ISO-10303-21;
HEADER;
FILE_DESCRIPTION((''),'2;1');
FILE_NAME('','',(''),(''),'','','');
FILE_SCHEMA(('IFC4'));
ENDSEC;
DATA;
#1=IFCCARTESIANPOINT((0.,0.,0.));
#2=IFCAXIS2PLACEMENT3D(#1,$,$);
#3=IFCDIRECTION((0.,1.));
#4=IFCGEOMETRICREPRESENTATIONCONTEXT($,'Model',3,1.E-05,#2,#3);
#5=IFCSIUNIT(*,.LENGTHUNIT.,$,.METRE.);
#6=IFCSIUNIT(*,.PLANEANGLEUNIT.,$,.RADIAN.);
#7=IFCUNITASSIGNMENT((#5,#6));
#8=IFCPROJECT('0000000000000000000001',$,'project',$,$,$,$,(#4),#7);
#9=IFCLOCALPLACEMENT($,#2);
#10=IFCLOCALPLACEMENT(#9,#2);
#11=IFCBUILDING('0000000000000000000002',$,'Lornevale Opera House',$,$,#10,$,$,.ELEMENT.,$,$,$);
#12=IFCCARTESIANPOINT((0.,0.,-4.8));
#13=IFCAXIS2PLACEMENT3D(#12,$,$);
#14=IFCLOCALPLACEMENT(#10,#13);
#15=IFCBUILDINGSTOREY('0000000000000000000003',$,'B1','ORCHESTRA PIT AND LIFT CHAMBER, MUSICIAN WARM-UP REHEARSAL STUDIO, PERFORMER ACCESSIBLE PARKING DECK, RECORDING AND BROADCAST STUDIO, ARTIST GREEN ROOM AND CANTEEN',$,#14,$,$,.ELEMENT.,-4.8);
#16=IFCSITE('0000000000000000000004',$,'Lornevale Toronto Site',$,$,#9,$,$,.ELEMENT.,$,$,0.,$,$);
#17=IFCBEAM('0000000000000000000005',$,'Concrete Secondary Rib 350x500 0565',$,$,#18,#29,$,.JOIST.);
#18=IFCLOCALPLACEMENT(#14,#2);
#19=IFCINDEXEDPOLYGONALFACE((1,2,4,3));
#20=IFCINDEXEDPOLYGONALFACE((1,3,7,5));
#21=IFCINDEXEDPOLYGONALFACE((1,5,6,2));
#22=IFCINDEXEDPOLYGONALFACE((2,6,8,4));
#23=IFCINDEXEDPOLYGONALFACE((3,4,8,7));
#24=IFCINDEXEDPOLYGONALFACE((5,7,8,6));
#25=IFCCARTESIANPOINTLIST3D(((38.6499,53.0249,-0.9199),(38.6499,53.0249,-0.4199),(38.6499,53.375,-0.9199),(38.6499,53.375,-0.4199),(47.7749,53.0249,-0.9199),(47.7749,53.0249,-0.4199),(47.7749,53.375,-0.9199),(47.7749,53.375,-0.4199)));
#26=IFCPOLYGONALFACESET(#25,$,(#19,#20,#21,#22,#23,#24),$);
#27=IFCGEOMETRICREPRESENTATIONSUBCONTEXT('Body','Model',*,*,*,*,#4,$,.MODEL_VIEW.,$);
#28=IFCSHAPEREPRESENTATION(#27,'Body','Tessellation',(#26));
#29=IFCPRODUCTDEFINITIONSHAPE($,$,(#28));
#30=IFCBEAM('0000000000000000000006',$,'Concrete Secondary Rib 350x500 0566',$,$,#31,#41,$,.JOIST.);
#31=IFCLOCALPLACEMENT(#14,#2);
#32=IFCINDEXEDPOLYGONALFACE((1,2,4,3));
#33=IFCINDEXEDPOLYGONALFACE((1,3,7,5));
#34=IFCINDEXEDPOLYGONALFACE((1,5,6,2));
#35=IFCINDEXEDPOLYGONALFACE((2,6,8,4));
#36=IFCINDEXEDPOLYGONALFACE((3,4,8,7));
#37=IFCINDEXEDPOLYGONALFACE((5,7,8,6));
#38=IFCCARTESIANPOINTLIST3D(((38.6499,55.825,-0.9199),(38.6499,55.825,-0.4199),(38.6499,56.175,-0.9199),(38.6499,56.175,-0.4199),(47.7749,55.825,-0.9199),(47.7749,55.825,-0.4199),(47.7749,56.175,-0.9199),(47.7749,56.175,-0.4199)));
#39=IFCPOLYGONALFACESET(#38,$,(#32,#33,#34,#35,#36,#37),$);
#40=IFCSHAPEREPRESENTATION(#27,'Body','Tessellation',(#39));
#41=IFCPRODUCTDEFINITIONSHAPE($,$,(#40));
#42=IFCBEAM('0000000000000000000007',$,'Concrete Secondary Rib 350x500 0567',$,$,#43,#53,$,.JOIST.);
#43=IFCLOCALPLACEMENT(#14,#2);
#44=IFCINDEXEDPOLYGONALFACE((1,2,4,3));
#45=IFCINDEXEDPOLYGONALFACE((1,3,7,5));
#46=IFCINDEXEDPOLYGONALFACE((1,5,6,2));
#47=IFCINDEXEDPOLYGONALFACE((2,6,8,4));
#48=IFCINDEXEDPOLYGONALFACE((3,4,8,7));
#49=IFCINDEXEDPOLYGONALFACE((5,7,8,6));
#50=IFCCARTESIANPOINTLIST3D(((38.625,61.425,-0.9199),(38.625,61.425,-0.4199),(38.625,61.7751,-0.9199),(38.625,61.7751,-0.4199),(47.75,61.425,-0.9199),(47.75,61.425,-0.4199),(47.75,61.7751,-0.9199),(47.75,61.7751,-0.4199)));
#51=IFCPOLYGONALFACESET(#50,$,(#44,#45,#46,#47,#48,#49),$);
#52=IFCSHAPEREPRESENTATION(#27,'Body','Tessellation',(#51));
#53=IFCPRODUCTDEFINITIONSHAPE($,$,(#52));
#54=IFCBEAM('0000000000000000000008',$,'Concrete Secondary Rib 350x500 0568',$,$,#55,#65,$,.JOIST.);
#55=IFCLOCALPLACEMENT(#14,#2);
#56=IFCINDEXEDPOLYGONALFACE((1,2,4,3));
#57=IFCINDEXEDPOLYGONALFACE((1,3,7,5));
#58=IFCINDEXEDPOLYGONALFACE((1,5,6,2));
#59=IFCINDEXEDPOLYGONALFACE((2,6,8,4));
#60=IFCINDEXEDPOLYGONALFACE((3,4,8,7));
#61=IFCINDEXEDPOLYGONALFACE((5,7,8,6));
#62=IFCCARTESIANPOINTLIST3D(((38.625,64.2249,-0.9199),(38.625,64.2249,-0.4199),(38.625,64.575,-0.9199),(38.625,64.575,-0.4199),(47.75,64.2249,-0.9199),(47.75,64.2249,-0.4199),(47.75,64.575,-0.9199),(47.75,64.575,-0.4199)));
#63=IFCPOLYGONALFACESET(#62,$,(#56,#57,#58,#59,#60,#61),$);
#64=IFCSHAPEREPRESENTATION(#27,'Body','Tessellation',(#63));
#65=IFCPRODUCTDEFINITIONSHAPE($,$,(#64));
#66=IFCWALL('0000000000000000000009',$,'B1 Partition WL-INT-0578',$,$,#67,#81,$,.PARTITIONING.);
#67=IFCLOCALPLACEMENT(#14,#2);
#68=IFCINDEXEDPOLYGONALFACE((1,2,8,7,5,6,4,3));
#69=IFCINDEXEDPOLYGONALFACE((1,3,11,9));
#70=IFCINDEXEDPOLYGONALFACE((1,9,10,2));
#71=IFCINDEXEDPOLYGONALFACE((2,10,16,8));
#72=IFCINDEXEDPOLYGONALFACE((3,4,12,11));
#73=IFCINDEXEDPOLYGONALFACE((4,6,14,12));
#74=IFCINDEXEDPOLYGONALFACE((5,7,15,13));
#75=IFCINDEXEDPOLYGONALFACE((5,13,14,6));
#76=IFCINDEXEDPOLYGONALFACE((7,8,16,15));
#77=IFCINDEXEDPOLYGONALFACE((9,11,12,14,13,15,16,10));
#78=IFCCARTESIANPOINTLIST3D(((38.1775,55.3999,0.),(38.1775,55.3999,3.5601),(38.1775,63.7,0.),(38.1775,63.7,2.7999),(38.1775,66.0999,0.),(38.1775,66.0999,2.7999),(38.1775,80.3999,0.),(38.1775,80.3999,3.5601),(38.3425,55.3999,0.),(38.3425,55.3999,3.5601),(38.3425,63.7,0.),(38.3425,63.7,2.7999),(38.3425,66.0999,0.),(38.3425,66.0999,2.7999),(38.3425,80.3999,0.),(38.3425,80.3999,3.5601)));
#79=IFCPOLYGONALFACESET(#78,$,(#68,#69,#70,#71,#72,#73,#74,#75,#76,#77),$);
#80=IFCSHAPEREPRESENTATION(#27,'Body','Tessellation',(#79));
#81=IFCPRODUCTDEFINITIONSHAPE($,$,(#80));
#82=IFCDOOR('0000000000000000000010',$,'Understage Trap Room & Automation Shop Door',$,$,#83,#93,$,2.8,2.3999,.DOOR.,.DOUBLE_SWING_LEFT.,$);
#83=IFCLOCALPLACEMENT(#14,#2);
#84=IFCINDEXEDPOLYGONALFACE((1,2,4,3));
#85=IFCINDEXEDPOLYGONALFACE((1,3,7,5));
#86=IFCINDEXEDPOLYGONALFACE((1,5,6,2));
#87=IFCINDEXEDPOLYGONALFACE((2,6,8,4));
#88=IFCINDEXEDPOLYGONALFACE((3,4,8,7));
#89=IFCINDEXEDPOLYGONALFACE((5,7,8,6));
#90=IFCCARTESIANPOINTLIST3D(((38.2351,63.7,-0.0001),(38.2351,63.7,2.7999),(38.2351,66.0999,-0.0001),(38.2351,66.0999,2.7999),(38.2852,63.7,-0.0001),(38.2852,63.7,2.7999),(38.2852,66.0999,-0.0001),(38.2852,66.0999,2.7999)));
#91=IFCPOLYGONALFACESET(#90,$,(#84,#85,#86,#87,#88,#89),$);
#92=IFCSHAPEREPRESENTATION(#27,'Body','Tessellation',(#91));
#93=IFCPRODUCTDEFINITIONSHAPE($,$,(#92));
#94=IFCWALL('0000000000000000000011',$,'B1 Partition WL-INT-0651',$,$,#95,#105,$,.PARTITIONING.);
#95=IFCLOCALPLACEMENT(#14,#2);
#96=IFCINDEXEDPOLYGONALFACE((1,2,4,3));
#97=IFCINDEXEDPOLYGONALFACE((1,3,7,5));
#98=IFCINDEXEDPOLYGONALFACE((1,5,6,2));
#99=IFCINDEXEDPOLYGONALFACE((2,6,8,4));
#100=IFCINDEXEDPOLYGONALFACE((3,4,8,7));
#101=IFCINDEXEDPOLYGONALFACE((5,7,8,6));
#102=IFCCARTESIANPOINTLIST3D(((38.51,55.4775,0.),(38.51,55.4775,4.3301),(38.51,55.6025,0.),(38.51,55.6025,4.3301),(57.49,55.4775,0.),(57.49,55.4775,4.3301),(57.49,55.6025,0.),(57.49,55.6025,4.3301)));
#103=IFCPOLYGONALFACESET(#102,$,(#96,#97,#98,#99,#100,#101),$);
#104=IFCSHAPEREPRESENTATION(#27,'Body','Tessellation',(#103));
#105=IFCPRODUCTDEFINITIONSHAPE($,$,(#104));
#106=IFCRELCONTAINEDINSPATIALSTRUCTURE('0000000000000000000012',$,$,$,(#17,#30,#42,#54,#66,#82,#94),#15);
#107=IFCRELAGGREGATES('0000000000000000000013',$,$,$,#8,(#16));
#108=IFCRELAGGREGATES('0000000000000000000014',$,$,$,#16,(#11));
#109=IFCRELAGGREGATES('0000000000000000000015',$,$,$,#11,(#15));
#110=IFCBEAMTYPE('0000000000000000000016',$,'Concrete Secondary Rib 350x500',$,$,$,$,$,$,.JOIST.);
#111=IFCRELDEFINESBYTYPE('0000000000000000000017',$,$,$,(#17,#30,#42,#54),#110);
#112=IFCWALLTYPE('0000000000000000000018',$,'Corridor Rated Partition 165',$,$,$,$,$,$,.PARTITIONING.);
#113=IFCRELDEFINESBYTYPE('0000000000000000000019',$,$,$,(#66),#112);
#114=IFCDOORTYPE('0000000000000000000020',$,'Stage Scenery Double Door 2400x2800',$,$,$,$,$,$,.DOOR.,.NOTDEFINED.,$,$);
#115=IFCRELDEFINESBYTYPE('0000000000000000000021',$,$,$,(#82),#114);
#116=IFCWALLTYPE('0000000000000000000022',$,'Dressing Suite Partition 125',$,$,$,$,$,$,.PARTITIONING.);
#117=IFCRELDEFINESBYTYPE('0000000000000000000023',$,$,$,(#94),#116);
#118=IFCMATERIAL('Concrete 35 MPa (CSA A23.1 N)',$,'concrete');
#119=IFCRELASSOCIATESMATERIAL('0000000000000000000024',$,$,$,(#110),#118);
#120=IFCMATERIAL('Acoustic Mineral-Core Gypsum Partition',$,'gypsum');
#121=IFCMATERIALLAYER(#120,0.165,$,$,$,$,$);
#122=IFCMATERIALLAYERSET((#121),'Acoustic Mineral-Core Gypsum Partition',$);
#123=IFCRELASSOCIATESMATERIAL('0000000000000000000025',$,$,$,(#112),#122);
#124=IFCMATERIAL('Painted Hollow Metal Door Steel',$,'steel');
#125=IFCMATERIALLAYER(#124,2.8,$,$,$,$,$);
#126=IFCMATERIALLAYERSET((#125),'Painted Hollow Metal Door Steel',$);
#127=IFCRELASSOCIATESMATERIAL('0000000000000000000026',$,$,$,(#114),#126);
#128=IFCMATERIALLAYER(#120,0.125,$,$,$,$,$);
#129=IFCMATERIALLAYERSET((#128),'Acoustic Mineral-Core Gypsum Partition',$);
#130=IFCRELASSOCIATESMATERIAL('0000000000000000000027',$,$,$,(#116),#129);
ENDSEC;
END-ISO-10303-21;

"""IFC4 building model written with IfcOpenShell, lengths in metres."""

from ifc_helpers import new_model, si_unit, direction, frame, frame_2d, origin, origin_2d, place, context, subcontext, project, spatial, rectangle, extrude, material, layer, layer_set, material_profile, profile_set, type_object, element, fill, save


model = new_model("IFC4")

# Units and contexts
model_context = context("Model", 3, precision=1e-05, world=origin(), true_north=direction((0.0, 1.0)))
body_context = subcontext(model_context, "Body", "Model", "MODEL_VIEW")
ifc_project = project(units=[si_unit("LENGTHUNIT", "METRE"), si_unit("PLANEANGLEUNIT", "RADIAN")], contexts=[model_context])

# Site, building, storey
site_placement = place(None, origin())
site = spatial("IfcSite", under=ifc_project, at=site_placement, Name="Lornevale Toronto Site", CompositionType="ELEMENT", RefElevation=0.0)
building_placement = place(site_placement, origin())
building = spatial("IfcBuilding", under=site, at=building_placement, Name="Lornevale Opera House", CompositionType="ELEMENT")
storey_placement = place(building_placement, frame((0.0, 0.0, -4.8)))
storey = spatial("IfcBuildingStorey", under=building, at=storey_placement, Name="B1", Description="ORCHESTRA PIT AND LIFT CHAMBER, MUSICIAN WARM-UP REHEARSAL STUDIO, PERFORMER ACCESSIBLE PARKING DECK, RECORDING AND BROADCAST STUDIO, ARTIST GREEN ROOM AND CANTEEN", CompositionType="ELEMENT", Elevation=-4.8)

# Beams
ifc_material_1 = material(Name="Concrete 35 MPa (CSA A23.1 N)", Category="concrete")
ifc_material_profile_1 = material_profile(ifc_material_1, rectangle(XDim=0.3501, YDim=0.5, at=origin_2d()), Name="RC350x500")
ifc_profile_set_1 = profile_set([ifc_material_profile_1], Name="Concrete 35 MPa (CSA A23.1 N)")
beam_type_1 = type_object("IfcBeamType", Name="Concrete Secondary Rib 350x500", PredefinedType="JOIST", material=ifc_profile_set_1)
for number, where, z_axis, x_axis, name in (
    (1, (38.6499, 53.2, -0.6699), (1.0, 0.0, 0.0), (0.0, 1.0, 0.0), "Concrete Secondary Rib 350x500 0565"),
    (2, (38.6499, 56.0, -0.6699), (1.0, 0.0, 0.0), (0.0, 1.0, 0.0), "Concrete Secondary Rib 350x500 0566"),
    (3, (38.625, 61.6001, -0.6699), (1.0, 0.0, 0.0), (0.0, 1.0, 0.0), "Concrete Secondary Rib 350x500 0567"),
    (4, (38.625, 64.3999, -0.6699), (1.0, 0.0, 0.0), (0.0, 1.0, 0.0), "Concrete Secondary Rib 350x500 0568"),
):
    element("IfcBeam", number, at=place(storey_placement, frame(where, z_axis=z_axis, x_axis=x_axis)), inside=storey, type_object=beam_type_1, Name=name, PredefinedType="JOIST", context=body_context, shape_type="SweptSolid", body=[
        extrude(rectangle(XDim=0.3501, YDim=0.5, at=origin_2d()), origin(), (0.0, 0.0, 1.0), 9.125),
    ])

# Wall, opening, door
ifc_material_2 = material(Name="Acoustic Mineral-Core Gypsum Partition", Category="gypsum")
ifc_layer_1 = layer(ifc_material_2, 0.165)
ifc_layer_set_1 = layer_set([ifc_layer_1], Name="Acoustic Mineral-Core Gypsum Partition")
wall_type_1 = type_object("IfcWallType", Name="Corridor Rated Partition 165", PredefinedType="PARTITIONING", material=ifc_layer_set_1)
wall_1_placement = place(storey_placement, frame((38.26, 55.3999, 0.0), z_axis=(0.0, 0.0, 1.0), x_axis=(0.0, 1.0, 0.0)))
wall_1 = element("IfcWall", 5, at=wall_1_placement, inside=storey, type_object=wall_type_1, Name="B1 Partition WL-INT-0578", PredefinedType="PARTITIONING", context=body_context, shape_type="SweptSolid", body=[
    extrude(rectangle(XDim=25.0, YDim=0.165, at=frame_2d((12.5, 0.0))), origin(), (0.0, 0.0, 1.0), 3.5601),
])
opening_placement = place(wall_1_placement, frame((8.3, 0.0, 0.0)))
opening = element("IfcOpeningElement", 6, at=opening_placement, cuts=wall_1, PredefinedType="OPENING", context=body_context, shape_type="SweptSolid", body=[
    extrude(rectangle(XDim=2.3999, YDim=2.8, at=frame_2d((1.2, 1.3999))), frame((0.0, 0.0925, 0.0), z_axis=(0.0, -1.0, 0.0), x_axis=(1.0, 0.0, 0.0)), (0.0, 0.0, 1.0), 0.1851),
])
ifc_material_3 = material(Name="Painted Hollow Metal Door Steel", Category="steel")
ifc_layer_2 = layer(ifc_material_3, 2.8)
ifc_layer_set_2 = layer_set([ifc_layer_2], Name="Painted Hollow Metal Door Steel")
door_type = type_object("IfcDoorType", Name="Stage Scenery Double Door 2400x2800", OperationType="NOTDEFINED", PredefinedType="DOOR", material=ifc_layer_set_2)
door_placement = place(opening_placement, origin())
door = element("IfcDoor", 7, at=door_placement, inside=storey, type_object=door_type, Name="Understage Trap Room & Automation Shop Door", OperationType="DOUBLE_SWING_LEFT", OverallHeight=2.8, OverallWidth=2.3999, PredefinedType="DOOR", context=body_context, shape_type="SweptSolid", body=[
    extrude(rectangle(XDim=2.3999, YDim=2.8, at=frame_2d((1.2, 1.3999))), frame((0.0, 0.0249, 0.0), z_axis=(0.0, -1.0, 0.0), x_axis=(1.0, 0.0, 0.0)), (0.0, 0.0, 1.0), 0.05),
])
fill(opening, door)

# Wall
ifc_layer_3 = layer(ifc_material_2, 0.125)
ifc_layer_set_3 = layer_set([ifc_layer_3], Name="Acoustic Mineral-Core Gypsum Partition")
wall_type_2 = type_object("IfcWallType", Name="Dressing Suite Partition 125", PredefinedType="PARTITIONING", material=ifc_layer_set_3)
wall_2_placement = place(storey_placement, frame((38.51, 55.54, 0.0), z_axis=(0.0, 0.0, 1.0), x_axis=(1.0, 0.0, 0.0)))
element("IfcWall", 8, at=wall_2_placement, inside=storey, type_object=wall_type_2, Name="B1 Partition WL-INT-0651", PredefinedType="PARTITIONING", context=body_context, shape_type="SweptSolid", body=[
    extrude(rectangle(XDim=18.98, YDim=0.125, at=frame_2d((9.49, 0.0))), origin(), (0.0, 0.0, 1.0), 4.3301),
])

save(model, "model.ifc")
